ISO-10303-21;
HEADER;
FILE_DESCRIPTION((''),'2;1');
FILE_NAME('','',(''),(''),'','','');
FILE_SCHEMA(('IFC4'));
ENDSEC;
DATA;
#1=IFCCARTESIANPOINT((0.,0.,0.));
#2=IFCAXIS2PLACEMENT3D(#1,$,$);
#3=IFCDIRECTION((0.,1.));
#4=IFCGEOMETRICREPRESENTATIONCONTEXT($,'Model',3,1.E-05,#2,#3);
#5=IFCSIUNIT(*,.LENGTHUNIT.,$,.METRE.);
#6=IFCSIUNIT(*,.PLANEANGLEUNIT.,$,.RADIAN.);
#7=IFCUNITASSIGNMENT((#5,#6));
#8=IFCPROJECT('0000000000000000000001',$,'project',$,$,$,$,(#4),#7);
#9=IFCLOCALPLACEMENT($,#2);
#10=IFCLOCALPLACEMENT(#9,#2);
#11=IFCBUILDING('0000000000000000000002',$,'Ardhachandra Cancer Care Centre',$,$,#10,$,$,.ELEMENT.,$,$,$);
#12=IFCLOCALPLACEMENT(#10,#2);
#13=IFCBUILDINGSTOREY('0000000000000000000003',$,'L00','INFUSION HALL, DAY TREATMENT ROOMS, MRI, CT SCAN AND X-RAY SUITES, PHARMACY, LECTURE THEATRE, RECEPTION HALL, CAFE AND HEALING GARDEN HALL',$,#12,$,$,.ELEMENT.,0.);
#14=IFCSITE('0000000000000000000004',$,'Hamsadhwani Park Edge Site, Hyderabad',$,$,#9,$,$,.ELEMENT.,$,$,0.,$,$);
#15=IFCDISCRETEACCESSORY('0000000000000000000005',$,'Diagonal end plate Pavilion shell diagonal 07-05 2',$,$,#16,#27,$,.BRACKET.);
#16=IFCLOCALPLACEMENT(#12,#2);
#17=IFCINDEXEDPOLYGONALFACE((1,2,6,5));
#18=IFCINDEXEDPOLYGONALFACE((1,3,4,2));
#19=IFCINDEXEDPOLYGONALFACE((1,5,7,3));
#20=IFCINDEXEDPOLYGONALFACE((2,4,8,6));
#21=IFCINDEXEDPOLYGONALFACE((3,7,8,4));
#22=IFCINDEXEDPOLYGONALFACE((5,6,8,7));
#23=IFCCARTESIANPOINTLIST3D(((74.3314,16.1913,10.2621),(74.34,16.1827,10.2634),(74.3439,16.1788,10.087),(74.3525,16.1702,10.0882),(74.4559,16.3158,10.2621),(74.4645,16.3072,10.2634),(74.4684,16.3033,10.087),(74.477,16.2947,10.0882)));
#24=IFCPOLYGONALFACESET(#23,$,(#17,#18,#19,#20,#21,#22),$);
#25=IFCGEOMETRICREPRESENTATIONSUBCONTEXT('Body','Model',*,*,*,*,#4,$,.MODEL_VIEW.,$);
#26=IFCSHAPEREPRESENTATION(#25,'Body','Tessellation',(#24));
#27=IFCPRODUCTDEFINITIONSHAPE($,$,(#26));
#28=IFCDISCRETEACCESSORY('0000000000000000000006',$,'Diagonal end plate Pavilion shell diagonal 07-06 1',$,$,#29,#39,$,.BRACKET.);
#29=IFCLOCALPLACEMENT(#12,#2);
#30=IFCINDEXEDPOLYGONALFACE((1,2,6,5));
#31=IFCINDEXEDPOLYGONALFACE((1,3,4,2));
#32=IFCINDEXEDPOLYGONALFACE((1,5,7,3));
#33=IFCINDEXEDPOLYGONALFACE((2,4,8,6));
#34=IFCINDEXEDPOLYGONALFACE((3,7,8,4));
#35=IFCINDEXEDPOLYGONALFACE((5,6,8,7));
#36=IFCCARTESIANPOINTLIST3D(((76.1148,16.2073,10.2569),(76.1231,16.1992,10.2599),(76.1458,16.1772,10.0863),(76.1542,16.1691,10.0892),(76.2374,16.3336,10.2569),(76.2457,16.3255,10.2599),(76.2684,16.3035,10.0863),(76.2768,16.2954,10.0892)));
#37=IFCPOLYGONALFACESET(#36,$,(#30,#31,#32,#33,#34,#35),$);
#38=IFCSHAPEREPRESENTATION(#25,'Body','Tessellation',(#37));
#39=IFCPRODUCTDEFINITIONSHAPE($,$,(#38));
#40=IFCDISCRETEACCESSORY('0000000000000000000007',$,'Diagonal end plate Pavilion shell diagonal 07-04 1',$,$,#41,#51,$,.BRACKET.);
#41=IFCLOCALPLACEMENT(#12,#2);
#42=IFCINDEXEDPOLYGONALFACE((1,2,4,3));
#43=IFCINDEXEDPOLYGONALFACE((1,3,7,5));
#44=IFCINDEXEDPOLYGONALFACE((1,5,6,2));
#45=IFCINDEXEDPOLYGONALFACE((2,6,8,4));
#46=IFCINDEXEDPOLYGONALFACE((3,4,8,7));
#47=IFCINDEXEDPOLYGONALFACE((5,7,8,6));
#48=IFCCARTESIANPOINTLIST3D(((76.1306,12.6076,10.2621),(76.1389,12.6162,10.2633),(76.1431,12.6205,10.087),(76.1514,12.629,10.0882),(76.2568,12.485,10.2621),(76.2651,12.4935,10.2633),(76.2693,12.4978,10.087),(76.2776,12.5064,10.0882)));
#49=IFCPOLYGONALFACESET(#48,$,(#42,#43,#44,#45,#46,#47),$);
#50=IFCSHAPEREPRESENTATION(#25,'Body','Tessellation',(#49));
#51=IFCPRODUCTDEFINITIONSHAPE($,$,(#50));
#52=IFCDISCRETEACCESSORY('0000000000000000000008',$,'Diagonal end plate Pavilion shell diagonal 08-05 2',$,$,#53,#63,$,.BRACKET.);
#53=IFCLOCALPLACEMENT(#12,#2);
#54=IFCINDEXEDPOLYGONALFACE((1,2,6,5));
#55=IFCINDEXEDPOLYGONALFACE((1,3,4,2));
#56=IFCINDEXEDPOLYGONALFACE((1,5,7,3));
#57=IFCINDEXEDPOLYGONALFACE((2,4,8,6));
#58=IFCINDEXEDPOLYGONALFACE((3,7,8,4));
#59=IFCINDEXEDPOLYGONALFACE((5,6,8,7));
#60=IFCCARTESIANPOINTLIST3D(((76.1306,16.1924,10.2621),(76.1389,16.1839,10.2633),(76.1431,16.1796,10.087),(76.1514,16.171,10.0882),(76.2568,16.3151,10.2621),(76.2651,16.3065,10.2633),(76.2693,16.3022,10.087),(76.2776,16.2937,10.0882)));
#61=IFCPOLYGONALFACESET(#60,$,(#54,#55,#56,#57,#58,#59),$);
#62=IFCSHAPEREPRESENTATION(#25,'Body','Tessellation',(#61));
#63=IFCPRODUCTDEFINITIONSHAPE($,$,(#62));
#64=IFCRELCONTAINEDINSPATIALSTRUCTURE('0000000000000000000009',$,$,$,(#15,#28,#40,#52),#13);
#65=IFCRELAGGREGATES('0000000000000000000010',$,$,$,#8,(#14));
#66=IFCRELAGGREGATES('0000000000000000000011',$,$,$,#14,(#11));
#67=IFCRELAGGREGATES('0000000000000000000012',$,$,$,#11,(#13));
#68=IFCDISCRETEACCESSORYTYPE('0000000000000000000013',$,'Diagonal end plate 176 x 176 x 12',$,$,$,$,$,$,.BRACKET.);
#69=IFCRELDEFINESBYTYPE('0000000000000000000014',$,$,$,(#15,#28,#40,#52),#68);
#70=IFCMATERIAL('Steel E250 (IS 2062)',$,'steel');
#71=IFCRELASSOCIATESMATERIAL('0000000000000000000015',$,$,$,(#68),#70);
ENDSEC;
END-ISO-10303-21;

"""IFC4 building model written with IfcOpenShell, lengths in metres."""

from ifc_helpers import new_model, si_unit, direction, frame, origin, origin_2d, place, context, subcontext, project, spatial, rectangle, extrude, material, material_profile, profile_set, type_object, element, save


model = new_model("IFC4")

# Units and contexts
model_context = context("Model", 3, precision=1e-05, world=origin(), true_north=direction((0.0, 1.0)))
body_context = subcontext(model_context, "Body", "Model", "MODEL_VIEW")
ifc_project = project(units=[si_unit("LENGTHUNIT", "METRE"), si_unit("PLANEANGLEUNIT", "RADIAN")], contexts=[model_context])

# Site, building, storey
site_placement = place(None, origin())
site = spatial("IfcSite", under=ifc_project, at=site_placement, Name="Hamsadhwani Park Edge Site, Hyderabad", CompositionType="ELEMENT", RefElevation=0.0)
building_placement = place(site_placement, origin())
building = spatial("IfcBuilding", under=site, at=building_placement, Name="Ardhachandra Cancer Care Centre", CompositionType="ELEMENT")
storey_placement = place(building_placement, origin())
storey = spatial("IfcBuildingStorey", under=building, at=storey_placement, Name="L00", Description="INFUSION HALL, DAY TREATMENT ROOMS, MRI, CT SCAN AND X-RAY SUITES, PHARMACY, LECTURE THEATRE, RECEPTION HALL, CAFE AND HEALING GARDEN HALL", CompositionType="ELEMENT", Elevation=0.0)

# Discrete accessories
ifc_material_1 = material(Name="Steel E250 (IS 2062)", Category="steel")
ifc_material_profile_1 = material_profile(ifc_material_1, rectangle(XDim=0.176, YDim=0.176, at=origin_2d()), Name="PL 176x176x12")
ifc_profile_set_1 = profile_set([ifc_material_profile_1], Name="Steel E250 (IS 2062)")
discrete_accessory_type = type_object("IfcDiscreteAccessoryType", Name="Diagonal end plate 176 x 176 x 12", PredefinedType="BRACKET", material=ifc_profile_set_1)
discrete_accessory_1_placement = place(storey_placement, frame((74.3999, 16.2473, 10.1746), z_axis=(0.703526, -0.703526, 0.100504), x_axis=(0.707107, 0.707107, 0.0)))
element("IfcDiscreteAccessory", 1, at=discrete_accessory_1_placement, inside=storey, type_object=discrete_accessory_type, Name="Diagonal end plate Pavilion shell diagonal 07-05 2", PredefinedType="BRACKET", context=body_context, shape_type="SweptSolid", body=[
    extrude(rectangle(XDim=0.176, YDim=0.176, at=origin_2d()), origin(), (0.0, 0.0, 1.0), 0.0122),
])
for number, where, z_axis, x_axis, name in (
    (2, (76.2, 16.2473, 10.1746), (-0.695618, 0.675159, -0.245512), (-0.696475, -0.717581, 0.0), "Diagonal end plate Pavilion shell diagonal 07-06 1"),
    (3, (76.2, 12.5527, 10.1746), (0.693156, 0.713543, 0.101935), (-0.717279, 0.696786, 0.0), "Diagonal end plate Pavilion shell diagonal 07-04 1"),
    (4, (76.2, 16.2473, 10.1746), (0.693156, -0.713543, 0.101935), (0.717279, 0.696786, 0.0), "Diagonal end plate Pavilion shell diagonal 08-05 2"),
):
    element("IfcDiscreteAccessory", number, at=place(storey_placement, frame(where, z_axis=z_axis, x_axis=x_axis)), inside=storey, type_object=discrete_accessory_type, Name=name, PredefinedType="BRACKET", context=body_context, shape_type="SweptSolid", body=[
        extrude(rectangle(XDim=0.176, YDim=0.176, at=origin_2d()), origin(), (0.0, 0.0, 1.0), 0.012),
    ])

save(model, "model.ifc")
